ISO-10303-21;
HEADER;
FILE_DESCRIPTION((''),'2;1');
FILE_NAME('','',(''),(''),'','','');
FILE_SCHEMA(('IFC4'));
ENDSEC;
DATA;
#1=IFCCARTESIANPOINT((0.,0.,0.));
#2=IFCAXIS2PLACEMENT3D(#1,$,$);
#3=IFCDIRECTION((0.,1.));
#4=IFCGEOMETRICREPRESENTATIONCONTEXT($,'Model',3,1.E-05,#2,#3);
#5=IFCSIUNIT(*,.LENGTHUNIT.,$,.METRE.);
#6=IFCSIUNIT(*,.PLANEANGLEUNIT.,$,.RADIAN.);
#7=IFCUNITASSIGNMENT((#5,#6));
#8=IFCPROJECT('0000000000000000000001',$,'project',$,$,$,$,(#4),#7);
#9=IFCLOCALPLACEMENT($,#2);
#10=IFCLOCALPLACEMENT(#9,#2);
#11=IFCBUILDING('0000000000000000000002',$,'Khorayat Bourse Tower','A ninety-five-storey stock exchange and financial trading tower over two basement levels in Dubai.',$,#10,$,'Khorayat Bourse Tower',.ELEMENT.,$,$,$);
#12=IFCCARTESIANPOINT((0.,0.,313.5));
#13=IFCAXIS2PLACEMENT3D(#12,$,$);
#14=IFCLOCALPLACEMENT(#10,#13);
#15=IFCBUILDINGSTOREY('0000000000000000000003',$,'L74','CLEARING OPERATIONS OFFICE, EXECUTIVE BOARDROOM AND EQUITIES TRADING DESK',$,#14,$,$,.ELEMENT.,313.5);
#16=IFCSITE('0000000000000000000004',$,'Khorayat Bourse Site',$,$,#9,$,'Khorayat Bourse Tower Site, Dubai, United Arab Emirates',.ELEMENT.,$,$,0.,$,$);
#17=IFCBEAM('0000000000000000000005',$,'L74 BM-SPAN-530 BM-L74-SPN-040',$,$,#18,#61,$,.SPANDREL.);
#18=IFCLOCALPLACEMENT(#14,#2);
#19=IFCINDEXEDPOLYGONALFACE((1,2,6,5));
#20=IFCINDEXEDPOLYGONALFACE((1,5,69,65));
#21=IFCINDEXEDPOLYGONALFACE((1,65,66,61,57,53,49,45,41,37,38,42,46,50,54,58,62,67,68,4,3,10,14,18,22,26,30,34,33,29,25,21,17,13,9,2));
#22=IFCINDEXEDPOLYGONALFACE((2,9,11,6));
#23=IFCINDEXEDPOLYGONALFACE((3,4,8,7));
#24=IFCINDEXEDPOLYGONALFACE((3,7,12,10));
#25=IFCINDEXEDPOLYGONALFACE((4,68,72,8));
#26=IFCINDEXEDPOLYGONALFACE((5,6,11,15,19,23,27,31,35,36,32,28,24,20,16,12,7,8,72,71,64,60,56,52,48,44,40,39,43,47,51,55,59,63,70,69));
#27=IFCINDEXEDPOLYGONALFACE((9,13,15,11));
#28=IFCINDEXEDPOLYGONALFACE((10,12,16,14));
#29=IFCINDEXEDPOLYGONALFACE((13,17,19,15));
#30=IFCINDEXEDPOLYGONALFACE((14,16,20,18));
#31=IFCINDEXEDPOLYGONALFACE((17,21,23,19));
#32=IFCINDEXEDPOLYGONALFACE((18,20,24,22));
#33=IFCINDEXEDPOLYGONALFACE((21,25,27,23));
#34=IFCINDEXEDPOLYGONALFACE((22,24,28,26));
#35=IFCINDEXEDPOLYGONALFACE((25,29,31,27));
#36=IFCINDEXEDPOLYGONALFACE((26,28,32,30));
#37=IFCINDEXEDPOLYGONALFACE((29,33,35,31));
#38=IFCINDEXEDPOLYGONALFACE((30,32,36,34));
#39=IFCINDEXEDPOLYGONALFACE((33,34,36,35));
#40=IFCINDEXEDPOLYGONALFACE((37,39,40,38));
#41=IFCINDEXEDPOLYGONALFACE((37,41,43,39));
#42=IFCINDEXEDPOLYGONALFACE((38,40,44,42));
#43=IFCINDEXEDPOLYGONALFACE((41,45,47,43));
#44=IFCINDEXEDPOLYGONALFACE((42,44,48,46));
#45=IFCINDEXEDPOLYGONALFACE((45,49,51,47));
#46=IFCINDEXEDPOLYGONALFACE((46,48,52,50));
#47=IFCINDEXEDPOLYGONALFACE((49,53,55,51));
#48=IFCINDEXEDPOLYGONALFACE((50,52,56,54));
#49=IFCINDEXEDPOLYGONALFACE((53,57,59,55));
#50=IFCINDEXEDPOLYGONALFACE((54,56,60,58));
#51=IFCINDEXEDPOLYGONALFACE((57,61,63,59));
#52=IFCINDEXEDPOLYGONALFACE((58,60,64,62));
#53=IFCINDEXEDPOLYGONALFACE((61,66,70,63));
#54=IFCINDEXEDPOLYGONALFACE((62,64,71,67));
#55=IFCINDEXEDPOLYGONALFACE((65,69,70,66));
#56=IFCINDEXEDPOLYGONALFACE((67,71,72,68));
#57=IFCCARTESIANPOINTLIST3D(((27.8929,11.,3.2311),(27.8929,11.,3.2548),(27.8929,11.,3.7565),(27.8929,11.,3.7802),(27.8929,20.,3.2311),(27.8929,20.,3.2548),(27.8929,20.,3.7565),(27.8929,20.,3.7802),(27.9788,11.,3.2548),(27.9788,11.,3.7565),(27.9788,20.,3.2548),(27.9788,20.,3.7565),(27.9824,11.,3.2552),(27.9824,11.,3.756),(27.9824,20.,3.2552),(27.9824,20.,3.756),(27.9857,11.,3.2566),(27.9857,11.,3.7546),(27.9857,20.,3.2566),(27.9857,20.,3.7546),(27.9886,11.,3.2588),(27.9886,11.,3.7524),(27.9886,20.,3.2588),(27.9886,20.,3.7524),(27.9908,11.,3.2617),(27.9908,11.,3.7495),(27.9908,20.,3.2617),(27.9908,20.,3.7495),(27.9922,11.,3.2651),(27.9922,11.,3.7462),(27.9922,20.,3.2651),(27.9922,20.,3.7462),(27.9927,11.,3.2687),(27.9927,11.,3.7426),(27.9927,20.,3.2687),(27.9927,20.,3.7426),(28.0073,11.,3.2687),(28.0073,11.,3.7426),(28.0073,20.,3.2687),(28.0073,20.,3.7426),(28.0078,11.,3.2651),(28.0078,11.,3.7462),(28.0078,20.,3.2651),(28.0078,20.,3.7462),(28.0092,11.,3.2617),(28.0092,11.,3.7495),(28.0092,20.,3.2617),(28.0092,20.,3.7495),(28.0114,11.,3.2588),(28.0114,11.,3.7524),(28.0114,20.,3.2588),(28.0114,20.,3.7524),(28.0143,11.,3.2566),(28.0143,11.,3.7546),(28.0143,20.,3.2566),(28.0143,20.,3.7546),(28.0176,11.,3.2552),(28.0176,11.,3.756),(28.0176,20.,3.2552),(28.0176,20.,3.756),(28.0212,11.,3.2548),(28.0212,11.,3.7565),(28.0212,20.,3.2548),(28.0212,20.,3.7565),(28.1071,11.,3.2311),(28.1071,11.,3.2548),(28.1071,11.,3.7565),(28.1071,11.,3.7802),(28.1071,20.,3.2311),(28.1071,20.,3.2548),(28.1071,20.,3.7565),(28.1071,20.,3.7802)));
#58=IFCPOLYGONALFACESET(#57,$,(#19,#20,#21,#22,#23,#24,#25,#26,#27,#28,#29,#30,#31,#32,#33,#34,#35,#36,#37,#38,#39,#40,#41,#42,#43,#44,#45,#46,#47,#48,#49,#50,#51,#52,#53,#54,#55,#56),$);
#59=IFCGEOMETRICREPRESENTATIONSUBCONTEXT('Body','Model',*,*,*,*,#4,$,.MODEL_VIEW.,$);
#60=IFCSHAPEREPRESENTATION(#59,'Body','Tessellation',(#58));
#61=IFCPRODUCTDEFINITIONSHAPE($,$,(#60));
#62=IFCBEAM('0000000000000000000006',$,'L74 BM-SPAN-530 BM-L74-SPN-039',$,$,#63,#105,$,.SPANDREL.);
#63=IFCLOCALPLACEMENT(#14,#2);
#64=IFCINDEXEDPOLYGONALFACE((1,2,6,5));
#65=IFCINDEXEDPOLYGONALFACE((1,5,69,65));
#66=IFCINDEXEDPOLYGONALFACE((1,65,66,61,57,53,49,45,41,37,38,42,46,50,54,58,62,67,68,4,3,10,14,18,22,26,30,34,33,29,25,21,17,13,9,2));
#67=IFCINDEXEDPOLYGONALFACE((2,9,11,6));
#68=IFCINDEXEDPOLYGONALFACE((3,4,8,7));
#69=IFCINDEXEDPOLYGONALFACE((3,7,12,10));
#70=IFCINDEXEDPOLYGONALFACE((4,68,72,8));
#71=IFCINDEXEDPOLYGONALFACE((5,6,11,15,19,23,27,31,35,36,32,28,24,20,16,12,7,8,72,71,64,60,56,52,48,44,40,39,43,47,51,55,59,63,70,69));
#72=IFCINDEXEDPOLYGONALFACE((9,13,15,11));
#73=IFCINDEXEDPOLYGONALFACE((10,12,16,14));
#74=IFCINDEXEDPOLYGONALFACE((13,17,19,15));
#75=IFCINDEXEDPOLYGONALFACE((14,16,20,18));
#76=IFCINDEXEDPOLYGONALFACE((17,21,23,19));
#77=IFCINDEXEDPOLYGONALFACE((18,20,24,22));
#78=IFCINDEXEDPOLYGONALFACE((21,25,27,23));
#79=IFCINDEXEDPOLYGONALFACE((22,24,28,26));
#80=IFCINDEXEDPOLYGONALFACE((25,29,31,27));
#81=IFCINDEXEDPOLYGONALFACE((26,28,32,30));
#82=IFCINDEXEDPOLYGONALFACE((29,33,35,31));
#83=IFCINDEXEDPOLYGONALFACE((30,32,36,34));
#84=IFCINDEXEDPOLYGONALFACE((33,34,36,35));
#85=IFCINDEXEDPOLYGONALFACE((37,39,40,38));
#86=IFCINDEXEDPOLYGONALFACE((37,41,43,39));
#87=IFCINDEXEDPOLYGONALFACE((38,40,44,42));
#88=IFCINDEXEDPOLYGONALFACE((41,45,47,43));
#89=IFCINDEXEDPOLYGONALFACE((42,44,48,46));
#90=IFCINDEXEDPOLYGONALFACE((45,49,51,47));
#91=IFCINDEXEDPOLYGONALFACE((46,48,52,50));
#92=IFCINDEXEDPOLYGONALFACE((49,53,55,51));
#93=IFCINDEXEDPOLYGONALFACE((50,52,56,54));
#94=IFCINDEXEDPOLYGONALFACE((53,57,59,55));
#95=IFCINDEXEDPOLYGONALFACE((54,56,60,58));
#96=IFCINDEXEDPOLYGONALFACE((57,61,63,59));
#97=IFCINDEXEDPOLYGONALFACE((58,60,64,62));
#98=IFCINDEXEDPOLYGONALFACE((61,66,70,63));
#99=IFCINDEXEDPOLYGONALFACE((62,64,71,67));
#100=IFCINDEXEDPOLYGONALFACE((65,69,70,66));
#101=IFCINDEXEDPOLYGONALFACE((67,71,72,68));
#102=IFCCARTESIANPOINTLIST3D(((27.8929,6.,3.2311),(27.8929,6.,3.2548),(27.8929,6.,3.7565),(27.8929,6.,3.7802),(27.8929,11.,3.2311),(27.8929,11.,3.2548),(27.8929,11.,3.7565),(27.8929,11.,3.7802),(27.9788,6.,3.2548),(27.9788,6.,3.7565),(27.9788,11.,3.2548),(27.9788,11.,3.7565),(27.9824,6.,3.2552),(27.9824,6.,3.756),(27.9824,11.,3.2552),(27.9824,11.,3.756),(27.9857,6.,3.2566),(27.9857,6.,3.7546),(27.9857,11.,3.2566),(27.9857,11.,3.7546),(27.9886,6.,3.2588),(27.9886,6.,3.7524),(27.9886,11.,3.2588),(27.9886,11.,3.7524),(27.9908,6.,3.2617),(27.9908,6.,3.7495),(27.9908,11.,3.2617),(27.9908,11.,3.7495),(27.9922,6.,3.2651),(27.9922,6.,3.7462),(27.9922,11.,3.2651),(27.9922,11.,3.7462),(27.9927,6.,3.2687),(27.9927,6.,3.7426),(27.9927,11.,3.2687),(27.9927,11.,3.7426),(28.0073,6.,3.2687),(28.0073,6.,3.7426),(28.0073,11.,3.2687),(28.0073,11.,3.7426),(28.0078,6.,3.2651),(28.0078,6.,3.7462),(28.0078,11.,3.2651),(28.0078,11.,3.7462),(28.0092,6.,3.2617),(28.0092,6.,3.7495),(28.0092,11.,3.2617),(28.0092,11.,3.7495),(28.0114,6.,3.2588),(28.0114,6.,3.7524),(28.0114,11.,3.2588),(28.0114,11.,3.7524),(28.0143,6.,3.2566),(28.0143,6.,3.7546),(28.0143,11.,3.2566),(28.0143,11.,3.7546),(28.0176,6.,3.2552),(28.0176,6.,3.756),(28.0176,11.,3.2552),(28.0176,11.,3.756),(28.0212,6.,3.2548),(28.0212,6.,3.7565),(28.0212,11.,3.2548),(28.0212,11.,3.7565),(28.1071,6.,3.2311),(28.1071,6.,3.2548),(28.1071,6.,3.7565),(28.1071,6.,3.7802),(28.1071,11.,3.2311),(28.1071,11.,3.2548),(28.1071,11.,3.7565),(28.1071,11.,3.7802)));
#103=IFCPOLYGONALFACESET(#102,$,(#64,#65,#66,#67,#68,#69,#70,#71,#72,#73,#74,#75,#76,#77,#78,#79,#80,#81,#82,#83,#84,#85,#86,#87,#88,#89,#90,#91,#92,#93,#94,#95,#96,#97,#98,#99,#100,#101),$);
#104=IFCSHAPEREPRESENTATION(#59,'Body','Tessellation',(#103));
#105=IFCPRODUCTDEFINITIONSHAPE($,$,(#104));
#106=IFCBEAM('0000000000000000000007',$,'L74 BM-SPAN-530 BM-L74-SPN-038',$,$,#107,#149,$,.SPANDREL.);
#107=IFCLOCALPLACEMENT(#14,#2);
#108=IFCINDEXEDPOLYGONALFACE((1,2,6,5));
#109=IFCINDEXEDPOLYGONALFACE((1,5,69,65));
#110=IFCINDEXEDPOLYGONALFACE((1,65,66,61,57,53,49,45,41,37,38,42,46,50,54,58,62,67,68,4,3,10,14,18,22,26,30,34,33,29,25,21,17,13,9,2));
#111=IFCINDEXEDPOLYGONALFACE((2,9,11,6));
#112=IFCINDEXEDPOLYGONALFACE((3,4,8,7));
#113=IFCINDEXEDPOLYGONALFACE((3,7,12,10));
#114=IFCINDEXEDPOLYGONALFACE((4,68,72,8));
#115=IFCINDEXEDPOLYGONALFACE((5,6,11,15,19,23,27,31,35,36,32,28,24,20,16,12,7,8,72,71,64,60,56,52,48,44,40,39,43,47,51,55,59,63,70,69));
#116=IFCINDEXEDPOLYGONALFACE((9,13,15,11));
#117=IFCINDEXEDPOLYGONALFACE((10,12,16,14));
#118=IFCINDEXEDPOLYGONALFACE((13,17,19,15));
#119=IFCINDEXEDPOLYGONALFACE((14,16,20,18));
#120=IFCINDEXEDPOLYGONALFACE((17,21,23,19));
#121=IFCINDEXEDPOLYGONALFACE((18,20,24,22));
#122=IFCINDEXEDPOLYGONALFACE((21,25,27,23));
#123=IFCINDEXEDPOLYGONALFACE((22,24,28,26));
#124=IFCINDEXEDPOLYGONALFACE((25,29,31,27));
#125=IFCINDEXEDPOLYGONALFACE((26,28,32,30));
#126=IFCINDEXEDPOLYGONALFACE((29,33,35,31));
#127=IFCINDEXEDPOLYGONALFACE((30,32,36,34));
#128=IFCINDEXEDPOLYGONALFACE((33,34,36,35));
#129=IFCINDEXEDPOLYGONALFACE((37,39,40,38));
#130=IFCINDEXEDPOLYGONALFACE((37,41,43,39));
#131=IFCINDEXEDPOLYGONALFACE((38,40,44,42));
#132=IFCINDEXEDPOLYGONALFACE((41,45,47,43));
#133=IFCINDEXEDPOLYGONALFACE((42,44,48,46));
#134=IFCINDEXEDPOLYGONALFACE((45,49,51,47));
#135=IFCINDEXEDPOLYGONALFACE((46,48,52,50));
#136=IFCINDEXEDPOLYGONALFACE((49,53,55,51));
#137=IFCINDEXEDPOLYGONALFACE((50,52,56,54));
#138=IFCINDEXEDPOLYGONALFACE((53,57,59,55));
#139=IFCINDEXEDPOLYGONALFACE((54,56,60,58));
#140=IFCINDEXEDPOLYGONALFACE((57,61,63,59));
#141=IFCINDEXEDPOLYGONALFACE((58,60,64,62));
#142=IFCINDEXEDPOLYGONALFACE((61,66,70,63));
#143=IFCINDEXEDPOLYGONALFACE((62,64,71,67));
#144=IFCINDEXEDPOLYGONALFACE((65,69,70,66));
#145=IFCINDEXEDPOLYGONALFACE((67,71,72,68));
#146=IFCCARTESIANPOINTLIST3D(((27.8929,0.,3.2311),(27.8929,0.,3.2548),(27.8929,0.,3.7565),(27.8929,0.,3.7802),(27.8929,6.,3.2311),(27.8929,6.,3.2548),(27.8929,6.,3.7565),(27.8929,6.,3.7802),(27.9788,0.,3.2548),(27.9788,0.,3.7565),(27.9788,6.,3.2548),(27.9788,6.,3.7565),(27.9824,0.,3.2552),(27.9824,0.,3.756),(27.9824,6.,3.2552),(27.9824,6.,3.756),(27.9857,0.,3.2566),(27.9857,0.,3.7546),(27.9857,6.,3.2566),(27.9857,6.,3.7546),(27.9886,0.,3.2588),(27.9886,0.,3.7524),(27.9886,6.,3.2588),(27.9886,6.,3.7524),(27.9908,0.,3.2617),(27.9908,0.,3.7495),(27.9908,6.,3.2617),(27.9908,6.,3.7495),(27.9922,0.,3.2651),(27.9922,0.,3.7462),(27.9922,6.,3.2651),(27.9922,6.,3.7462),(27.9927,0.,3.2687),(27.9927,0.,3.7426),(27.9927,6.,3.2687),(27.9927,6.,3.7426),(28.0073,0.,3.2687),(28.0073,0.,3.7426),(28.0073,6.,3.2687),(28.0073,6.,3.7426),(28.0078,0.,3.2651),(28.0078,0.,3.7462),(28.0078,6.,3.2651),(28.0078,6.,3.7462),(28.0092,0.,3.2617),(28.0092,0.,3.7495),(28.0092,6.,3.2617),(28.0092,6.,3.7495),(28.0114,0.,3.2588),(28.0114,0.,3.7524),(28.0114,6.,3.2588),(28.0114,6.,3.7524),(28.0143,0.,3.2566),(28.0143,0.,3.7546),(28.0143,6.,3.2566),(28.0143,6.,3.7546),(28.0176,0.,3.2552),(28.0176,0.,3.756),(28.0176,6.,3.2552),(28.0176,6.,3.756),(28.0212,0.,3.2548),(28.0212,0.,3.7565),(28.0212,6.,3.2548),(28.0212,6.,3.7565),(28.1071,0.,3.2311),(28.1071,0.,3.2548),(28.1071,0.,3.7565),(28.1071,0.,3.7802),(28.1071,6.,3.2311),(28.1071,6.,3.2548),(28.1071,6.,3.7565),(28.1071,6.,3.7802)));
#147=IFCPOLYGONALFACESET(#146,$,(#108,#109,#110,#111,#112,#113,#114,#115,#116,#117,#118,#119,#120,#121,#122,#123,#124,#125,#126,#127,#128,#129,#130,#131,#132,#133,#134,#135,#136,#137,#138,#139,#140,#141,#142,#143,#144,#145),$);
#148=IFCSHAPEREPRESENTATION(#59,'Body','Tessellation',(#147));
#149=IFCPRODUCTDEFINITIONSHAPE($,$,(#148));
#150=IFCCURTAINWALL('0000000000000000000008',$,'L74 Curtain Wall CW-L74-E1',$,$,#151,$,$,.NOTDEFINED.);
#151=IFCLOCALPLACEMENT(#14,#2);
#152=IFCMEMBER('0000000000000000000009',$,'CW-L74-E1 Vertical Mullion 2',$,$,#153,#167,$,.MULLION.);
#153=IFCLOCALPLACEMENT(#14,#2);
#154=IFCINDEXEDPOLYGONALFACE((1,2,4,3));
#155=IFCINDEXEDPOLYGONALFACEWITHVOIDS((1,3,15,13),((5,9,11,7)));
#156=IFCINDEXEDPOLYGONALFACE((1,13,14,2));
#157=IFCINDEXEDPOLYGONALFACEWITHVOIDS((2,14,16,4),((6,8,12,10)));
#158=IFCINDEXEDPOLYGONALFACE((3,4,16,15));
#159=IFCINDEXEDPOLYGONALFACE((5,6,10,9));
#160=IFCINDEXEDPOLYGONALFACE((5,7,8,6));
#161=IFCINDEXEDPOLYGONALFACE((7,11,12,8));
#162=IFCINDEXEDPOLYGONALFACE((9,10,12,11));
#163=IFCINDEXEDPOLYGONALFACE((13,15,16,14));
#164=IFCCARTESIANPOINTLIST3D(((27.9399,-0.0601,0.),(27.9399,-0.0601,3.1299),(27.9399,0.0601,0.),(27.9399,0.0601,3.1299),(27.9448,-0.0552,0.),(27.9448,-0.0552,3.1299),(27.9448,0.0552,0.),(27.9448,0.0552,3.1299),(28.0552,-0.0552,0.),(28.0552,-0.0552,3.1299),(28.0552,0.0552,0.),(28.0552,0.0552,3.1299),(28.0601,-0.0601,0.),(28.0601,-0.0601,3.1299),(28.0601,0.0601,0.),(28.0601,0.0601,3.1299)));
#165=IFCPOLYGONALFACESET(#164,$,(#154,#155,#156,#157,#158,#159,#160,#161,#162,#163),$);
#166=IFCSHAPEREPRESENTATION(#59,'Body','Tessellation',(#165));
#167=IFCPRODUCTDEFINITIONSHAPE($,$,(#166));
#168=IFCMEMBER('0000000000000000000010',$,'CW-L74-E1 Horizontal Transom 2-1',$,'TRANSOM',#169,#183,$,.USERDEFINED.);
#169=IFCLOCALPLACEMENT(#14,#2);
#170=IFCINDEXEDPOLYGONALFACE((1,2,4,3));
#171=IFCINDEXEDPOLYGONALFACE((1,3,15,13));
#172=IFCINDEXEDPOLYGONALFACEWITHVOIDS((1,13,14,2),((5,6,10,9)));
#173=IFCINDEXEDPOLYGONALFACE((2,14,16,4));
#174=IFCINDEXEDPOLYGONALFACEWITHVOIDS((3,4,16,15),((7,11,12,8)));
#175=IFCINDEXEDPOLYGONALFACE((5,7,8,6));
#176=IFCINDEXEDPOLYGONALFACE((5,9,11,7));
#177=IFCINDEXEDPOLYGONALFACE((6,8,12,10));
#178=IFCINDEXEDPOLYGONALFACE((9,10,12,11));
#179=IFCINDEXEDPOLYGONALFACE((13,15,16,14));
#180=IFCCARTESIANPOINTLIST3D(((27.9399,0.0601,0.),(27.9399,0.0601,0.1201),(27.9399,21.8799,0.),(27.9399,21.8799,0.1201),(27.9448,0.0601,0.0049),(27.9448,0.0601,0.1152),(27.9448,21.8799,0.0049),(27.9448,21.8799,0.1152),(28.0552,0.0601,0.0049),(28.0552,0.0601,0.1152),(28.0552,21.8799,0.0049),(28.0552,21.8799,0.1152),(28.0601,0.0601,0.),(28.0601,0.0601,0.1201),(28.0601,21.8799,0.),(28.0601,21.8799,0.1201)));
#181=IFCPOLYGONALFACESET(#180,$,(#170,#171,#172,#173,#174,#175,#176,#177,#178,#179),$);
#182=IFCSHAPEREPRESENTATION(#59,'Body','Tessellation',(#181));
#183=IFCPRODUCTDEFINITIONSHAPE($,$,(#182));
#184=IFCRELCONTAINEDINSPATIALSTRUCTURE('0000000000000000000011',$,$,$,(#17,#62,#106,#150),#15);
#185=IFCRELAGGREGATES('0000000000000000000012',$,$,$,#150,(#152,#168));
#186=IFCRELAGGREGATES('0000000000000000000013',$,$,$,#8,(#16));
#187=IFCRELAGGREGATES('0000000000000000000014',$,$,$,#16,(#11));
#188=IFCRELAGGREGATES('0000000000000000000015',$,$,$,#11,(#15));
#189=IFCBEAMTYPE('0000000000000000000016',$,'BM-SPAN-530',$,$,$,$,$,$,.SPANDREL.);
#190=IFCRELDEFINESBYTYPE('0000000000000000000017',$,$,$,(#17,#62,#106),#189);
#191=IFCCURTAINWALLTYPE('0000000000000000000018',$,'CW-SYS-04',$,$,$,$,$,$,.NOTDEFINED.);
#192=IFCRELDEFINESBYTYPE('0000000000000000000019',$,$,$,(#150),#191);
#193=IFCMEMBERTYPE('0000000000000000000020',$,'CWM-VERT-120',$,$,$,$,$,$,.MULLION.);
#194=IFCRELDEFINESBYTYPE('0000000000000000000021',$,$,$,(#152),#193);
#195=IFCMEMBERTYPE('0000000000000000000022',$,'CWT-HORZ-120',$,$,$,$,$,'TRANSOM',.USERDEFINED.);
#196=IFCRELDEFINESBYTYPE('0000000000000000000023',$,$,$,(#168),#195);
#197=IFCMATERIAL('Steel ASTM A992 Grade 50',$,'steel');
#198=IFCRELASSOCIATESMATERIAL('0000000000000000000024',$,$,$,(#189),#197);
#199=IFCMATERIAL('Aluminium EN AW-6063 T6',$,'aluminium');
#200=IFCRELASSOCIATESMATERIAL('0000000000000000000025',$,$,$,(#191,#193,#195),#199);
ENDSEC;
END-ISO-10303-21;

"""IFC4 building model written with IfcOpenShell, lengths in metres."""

from ifc_helpers import new_model, si_unit, direction, frame, origin, origin_2d, place, context, subcontext, project, spatial, hollow_rectangle, i_section, extrude, source, transform, mapped, material, material_profile, profile_set, type_object, element, aggregate, save


model = new_model("IFC4")

# Units and contexts
model_context = context("Model", 3, precision=1e-05, world=origin(), true_north=direction((0.0, 1.0)))
body_context = subcontext(model_context, "Body", "Model", "MODEL_VIEW")
ifc_project = project(units=[si_unit("LENGTHUNIT", "METRE"), si_unit("PLANEANGLEUNIT", "RADIAN")], contexts=[model_context])

# Site, building, storey
site_placement = place(None, origin())
site = spatial("IfcSite", under=ifc_project, at=site_placement, Name="Khorayat Bourse Site", LongName="Khorayat Bourse Tower Site, Dubai, United Arab Emirates", CompositionType="ELEMENT", RefElevation=0.0)
building_placement = place(site_placement, origin())
building = spatial("IfcBuilding", under=site, at=building_placement, Name="Khorayat Bourse Tower", Description="A ninety-five-storey stock exchange and financial trading tower over two basement levels in Dubai.", LongName="Khorayat Bourse Tower", CompositionType="ELEMENT")
storey_placement = place(building_placement, frame((0.0, 0.0, 313.5)))
storey = spatial("IfcBuildingStorey", under=building, at=storey_placement, Name="L74", Description="CLEARING OPERATIONS OFFICE, EXECUTIVE BOARDROOM AND EQUITIES TRADING DESK", CompositionType="ELEMENT", Elevation=313.5)

# Shared definitions
ifc_material_1 = material(Name="Steel ASTM A992 Grade 50", Category="steel")

# Beams
ifc_material_profile_1 = material_profile(ifc_material_1, i_section(OverallWidth=0.2141, OverallDepth=0.5491, WebThickness=0.0146, FlangeThickness=0.0237, FilletRadius=0.0139, at=origin_2d()), Name="W530X138")
ifc_profile_set_1 = profile_set([ifc_material_profile_1], Name="Steel ASTM A992 Grade 50")
beam_type_1 = type_object("IfcBeamType", Name="BM-SPAN-530", PredefinedType="SPANDREL", material=ifc_profile_set_1)
shared_shape_1 = source(origin(), body_context, "Body", "SweptSolid", [
    extrude(i_section(OverallWidth=0.2141, OverallDepth=0.5491, WebThickness=0.0146, FlangeThickness=0.0237, FilletRadius=0.0139, at=origin_2d()), origin(), (0.0, 0.0, 1.0), 9.0),
])
beam_1_placement = place(storey_placement, frame((28.0, 11.0, 3.5056), z_axis=(0.0, 1.0, 0.0), x_axis=(-1.0, 0.0, 0.0)))
element("IfcBeam", 1, at=beam_1_placement, inside=storey, type_object=beam_type_1, Name="L74 BM-SPAN-530 BM-L74-SPN-040", PredefinedType="SPANDREL", context=body_context, shape_type="MappedRepresentation", body=[
    mapped(shared_shape_1, transform((0.0, 0.0, 0.0), scale=1.0)),
])
shared_shape_2 = source(origin(), body_context, "Body", "SweptSolid", [
    extrude(i_section(OverallWidth=0.2141, OverallDepth=0.5491, WebThickness=0.0146, FlangeThickness=0.0237, FilletRadius=0.0139, at=origin_2d()), origin(), (0.0, 0.0, 1.0), 5.0),
])
beam_2_placement = place(storey_placement, frame((28.0, 6.0, 3.5056), z_axis=(0.0, 1.0, 0.0), x_axis=(-1.0, 0.0, 0.0)))
element("IfcBeam", 2, at=beam_2_placement, inside=storey, type_object=beam_type_1, Name="L74 BM-SPAN-530 BM-L74-SPN-039", PredefinedType="SPANDREL", context=body_context, shape_type="MappedRepresentation", body=[
    mapped(shared_shape_2, transform((0.0, 0.0, 0.0), scale=1.0)),
])
shared_shape_3 = source(origin(), body_context, "Body", "SweptSolid", [
    extrude(i_section(OverallWidth=0.2141, OverallDepth=0.5491, WebThickness=0.0146, FlangeThickness=0.0237, FilletRadius=0.0139, at=origin_2d()), origin(), (0.0, 0.0, 1.0), 6.0),
])
beam_3_placement = place(storey_placement, frame((28.0, 0.0, 3.5056), z_axis=(0.0, 1.0, 0.0), x_axis=(-1.0, 0.0, 0.0)))
element("IfcBeam", 3, at=beam_3_placement, inside=storey, type_object=beam_type_1, Name="L74 BM-SPAN-530 BM-L74-SPN-038", PredefinedType="SPANDREL", context=body_context, shape_type="MappedRepresentation", body=[
    mapped(shared_shape_3, transform((0.0, 0.0, 0.0), scale=1.0)),
])

# Curtain wall, members
ifc_material_2 = material(Name="Aluminium EN AW-6063 T6", Category="aluminium")
curtain_wall_type = type_object("IfcCurtainWallType", Name="CW-SYS-04", PredefinedType="NOTDEFINED", material=ifc_material_2)
curtain_wall_placement = place(storey_placement, origin())
curtain_wall = element("IfcCurtainWall", 4, at=curtain_wall_placement, inside=storey, type_object=curtain_wall_type, Name="L74 Curtain Wall CW-L74-E1", PredefinedType="NOTDEFINED")
ifc_material_profile_2 = material_profile(ifc_material_2, hollow_rectangle(XDim=0.1201, YDim=0.1201, WallThickness=0.0049, at=origin_2d()), Name="ALU 120x120x5")
ifc_profile_set_2 = profile_set([ifc_material_profile_2], Name="Aluminium EN AW-6063 T6")
member_type_1 = type_object("IfcMemberType", Name="CWM-VERT-120", PredefinedType="MULLION", material=ifc_profile_set_2)
shared_shape_4 = source(origin(), body_context, "Body", "SweptSolid", [
    extrude(hollow_rectangle(XDim=0.1201, YDim=0.1201, WallThickness=0.0049, at=origin_2d()), origin(), (0.0, 0.0, 1.0), 3.1299),
])
member_1_placement = place(storey_placement, frame((28.0, 0.0, 0.0), z_axis=(0.0, 0.0, 1.0), x_axis=(-1.0, 0.0, 0.0)))
member_1 = element("IfcMember", 5, at=member_1_placement, type_object=member_type_1, Name="CW-L74-E1 Vertical Mullion 2", PredefinedType="MULLION", context=body_context, shape_type="MappedRepresentation", body=[
    mapped(shared_shape_4, transform((0.0, 0.0, 0.0), scale=1.0)),
])
ifc_material_profile_3 = material_profile(ifc_material_2, hollow_rectangle(XDim=0.1201, YDim=0.1201, WallThickness=0.0049, at=origin_2d()), Name="ALU 120x120x5")
ifc_profile_set_3 = profile_set([ifc_material_profile_3], Name="Aluminium EN AW-6063 T6")
member_type_2 = type_object("IfcMemberType", Name="CWT-HORZ-120", ElementType="TRANSOM", PredefinedType="USERDEFINED", material=ifc_profile_set_3)
shared_shape_5 = source(origin(), body_context, "Body", "SweptSolid", [
    extrude(hollow_rectangle(XDim=0.1201, YDim=0.1201, WallThickness=0.0049, at=origin_2d()), origin(), (0.0, 0.0, 1.0), 21.8198),
])
member_2_placement = place(storey_placement, frame((28.0, 0.0601, 0.0601), z_axis=(0.0, 1.0, 0.0), x_axis=(-1.0, 0.0, 0.0)))
member_2 = element("IfcMember", 6, at=member_2_placement, type_object=member_type_2, Name="CW-L74-E1 Horizontal Transom 2-1", ObjectType="TRANSOM", PredefinedType="USERDEFINED", context=body_context, shape_type="MappedRepresentation", body=[
    mapped(shared_shape_5, transform((0.0, 0.0, 0.0), scale=1.0)),
])

aggregate(curtain_wall, [member_1, member_2])

save(model, "model.ifc")
